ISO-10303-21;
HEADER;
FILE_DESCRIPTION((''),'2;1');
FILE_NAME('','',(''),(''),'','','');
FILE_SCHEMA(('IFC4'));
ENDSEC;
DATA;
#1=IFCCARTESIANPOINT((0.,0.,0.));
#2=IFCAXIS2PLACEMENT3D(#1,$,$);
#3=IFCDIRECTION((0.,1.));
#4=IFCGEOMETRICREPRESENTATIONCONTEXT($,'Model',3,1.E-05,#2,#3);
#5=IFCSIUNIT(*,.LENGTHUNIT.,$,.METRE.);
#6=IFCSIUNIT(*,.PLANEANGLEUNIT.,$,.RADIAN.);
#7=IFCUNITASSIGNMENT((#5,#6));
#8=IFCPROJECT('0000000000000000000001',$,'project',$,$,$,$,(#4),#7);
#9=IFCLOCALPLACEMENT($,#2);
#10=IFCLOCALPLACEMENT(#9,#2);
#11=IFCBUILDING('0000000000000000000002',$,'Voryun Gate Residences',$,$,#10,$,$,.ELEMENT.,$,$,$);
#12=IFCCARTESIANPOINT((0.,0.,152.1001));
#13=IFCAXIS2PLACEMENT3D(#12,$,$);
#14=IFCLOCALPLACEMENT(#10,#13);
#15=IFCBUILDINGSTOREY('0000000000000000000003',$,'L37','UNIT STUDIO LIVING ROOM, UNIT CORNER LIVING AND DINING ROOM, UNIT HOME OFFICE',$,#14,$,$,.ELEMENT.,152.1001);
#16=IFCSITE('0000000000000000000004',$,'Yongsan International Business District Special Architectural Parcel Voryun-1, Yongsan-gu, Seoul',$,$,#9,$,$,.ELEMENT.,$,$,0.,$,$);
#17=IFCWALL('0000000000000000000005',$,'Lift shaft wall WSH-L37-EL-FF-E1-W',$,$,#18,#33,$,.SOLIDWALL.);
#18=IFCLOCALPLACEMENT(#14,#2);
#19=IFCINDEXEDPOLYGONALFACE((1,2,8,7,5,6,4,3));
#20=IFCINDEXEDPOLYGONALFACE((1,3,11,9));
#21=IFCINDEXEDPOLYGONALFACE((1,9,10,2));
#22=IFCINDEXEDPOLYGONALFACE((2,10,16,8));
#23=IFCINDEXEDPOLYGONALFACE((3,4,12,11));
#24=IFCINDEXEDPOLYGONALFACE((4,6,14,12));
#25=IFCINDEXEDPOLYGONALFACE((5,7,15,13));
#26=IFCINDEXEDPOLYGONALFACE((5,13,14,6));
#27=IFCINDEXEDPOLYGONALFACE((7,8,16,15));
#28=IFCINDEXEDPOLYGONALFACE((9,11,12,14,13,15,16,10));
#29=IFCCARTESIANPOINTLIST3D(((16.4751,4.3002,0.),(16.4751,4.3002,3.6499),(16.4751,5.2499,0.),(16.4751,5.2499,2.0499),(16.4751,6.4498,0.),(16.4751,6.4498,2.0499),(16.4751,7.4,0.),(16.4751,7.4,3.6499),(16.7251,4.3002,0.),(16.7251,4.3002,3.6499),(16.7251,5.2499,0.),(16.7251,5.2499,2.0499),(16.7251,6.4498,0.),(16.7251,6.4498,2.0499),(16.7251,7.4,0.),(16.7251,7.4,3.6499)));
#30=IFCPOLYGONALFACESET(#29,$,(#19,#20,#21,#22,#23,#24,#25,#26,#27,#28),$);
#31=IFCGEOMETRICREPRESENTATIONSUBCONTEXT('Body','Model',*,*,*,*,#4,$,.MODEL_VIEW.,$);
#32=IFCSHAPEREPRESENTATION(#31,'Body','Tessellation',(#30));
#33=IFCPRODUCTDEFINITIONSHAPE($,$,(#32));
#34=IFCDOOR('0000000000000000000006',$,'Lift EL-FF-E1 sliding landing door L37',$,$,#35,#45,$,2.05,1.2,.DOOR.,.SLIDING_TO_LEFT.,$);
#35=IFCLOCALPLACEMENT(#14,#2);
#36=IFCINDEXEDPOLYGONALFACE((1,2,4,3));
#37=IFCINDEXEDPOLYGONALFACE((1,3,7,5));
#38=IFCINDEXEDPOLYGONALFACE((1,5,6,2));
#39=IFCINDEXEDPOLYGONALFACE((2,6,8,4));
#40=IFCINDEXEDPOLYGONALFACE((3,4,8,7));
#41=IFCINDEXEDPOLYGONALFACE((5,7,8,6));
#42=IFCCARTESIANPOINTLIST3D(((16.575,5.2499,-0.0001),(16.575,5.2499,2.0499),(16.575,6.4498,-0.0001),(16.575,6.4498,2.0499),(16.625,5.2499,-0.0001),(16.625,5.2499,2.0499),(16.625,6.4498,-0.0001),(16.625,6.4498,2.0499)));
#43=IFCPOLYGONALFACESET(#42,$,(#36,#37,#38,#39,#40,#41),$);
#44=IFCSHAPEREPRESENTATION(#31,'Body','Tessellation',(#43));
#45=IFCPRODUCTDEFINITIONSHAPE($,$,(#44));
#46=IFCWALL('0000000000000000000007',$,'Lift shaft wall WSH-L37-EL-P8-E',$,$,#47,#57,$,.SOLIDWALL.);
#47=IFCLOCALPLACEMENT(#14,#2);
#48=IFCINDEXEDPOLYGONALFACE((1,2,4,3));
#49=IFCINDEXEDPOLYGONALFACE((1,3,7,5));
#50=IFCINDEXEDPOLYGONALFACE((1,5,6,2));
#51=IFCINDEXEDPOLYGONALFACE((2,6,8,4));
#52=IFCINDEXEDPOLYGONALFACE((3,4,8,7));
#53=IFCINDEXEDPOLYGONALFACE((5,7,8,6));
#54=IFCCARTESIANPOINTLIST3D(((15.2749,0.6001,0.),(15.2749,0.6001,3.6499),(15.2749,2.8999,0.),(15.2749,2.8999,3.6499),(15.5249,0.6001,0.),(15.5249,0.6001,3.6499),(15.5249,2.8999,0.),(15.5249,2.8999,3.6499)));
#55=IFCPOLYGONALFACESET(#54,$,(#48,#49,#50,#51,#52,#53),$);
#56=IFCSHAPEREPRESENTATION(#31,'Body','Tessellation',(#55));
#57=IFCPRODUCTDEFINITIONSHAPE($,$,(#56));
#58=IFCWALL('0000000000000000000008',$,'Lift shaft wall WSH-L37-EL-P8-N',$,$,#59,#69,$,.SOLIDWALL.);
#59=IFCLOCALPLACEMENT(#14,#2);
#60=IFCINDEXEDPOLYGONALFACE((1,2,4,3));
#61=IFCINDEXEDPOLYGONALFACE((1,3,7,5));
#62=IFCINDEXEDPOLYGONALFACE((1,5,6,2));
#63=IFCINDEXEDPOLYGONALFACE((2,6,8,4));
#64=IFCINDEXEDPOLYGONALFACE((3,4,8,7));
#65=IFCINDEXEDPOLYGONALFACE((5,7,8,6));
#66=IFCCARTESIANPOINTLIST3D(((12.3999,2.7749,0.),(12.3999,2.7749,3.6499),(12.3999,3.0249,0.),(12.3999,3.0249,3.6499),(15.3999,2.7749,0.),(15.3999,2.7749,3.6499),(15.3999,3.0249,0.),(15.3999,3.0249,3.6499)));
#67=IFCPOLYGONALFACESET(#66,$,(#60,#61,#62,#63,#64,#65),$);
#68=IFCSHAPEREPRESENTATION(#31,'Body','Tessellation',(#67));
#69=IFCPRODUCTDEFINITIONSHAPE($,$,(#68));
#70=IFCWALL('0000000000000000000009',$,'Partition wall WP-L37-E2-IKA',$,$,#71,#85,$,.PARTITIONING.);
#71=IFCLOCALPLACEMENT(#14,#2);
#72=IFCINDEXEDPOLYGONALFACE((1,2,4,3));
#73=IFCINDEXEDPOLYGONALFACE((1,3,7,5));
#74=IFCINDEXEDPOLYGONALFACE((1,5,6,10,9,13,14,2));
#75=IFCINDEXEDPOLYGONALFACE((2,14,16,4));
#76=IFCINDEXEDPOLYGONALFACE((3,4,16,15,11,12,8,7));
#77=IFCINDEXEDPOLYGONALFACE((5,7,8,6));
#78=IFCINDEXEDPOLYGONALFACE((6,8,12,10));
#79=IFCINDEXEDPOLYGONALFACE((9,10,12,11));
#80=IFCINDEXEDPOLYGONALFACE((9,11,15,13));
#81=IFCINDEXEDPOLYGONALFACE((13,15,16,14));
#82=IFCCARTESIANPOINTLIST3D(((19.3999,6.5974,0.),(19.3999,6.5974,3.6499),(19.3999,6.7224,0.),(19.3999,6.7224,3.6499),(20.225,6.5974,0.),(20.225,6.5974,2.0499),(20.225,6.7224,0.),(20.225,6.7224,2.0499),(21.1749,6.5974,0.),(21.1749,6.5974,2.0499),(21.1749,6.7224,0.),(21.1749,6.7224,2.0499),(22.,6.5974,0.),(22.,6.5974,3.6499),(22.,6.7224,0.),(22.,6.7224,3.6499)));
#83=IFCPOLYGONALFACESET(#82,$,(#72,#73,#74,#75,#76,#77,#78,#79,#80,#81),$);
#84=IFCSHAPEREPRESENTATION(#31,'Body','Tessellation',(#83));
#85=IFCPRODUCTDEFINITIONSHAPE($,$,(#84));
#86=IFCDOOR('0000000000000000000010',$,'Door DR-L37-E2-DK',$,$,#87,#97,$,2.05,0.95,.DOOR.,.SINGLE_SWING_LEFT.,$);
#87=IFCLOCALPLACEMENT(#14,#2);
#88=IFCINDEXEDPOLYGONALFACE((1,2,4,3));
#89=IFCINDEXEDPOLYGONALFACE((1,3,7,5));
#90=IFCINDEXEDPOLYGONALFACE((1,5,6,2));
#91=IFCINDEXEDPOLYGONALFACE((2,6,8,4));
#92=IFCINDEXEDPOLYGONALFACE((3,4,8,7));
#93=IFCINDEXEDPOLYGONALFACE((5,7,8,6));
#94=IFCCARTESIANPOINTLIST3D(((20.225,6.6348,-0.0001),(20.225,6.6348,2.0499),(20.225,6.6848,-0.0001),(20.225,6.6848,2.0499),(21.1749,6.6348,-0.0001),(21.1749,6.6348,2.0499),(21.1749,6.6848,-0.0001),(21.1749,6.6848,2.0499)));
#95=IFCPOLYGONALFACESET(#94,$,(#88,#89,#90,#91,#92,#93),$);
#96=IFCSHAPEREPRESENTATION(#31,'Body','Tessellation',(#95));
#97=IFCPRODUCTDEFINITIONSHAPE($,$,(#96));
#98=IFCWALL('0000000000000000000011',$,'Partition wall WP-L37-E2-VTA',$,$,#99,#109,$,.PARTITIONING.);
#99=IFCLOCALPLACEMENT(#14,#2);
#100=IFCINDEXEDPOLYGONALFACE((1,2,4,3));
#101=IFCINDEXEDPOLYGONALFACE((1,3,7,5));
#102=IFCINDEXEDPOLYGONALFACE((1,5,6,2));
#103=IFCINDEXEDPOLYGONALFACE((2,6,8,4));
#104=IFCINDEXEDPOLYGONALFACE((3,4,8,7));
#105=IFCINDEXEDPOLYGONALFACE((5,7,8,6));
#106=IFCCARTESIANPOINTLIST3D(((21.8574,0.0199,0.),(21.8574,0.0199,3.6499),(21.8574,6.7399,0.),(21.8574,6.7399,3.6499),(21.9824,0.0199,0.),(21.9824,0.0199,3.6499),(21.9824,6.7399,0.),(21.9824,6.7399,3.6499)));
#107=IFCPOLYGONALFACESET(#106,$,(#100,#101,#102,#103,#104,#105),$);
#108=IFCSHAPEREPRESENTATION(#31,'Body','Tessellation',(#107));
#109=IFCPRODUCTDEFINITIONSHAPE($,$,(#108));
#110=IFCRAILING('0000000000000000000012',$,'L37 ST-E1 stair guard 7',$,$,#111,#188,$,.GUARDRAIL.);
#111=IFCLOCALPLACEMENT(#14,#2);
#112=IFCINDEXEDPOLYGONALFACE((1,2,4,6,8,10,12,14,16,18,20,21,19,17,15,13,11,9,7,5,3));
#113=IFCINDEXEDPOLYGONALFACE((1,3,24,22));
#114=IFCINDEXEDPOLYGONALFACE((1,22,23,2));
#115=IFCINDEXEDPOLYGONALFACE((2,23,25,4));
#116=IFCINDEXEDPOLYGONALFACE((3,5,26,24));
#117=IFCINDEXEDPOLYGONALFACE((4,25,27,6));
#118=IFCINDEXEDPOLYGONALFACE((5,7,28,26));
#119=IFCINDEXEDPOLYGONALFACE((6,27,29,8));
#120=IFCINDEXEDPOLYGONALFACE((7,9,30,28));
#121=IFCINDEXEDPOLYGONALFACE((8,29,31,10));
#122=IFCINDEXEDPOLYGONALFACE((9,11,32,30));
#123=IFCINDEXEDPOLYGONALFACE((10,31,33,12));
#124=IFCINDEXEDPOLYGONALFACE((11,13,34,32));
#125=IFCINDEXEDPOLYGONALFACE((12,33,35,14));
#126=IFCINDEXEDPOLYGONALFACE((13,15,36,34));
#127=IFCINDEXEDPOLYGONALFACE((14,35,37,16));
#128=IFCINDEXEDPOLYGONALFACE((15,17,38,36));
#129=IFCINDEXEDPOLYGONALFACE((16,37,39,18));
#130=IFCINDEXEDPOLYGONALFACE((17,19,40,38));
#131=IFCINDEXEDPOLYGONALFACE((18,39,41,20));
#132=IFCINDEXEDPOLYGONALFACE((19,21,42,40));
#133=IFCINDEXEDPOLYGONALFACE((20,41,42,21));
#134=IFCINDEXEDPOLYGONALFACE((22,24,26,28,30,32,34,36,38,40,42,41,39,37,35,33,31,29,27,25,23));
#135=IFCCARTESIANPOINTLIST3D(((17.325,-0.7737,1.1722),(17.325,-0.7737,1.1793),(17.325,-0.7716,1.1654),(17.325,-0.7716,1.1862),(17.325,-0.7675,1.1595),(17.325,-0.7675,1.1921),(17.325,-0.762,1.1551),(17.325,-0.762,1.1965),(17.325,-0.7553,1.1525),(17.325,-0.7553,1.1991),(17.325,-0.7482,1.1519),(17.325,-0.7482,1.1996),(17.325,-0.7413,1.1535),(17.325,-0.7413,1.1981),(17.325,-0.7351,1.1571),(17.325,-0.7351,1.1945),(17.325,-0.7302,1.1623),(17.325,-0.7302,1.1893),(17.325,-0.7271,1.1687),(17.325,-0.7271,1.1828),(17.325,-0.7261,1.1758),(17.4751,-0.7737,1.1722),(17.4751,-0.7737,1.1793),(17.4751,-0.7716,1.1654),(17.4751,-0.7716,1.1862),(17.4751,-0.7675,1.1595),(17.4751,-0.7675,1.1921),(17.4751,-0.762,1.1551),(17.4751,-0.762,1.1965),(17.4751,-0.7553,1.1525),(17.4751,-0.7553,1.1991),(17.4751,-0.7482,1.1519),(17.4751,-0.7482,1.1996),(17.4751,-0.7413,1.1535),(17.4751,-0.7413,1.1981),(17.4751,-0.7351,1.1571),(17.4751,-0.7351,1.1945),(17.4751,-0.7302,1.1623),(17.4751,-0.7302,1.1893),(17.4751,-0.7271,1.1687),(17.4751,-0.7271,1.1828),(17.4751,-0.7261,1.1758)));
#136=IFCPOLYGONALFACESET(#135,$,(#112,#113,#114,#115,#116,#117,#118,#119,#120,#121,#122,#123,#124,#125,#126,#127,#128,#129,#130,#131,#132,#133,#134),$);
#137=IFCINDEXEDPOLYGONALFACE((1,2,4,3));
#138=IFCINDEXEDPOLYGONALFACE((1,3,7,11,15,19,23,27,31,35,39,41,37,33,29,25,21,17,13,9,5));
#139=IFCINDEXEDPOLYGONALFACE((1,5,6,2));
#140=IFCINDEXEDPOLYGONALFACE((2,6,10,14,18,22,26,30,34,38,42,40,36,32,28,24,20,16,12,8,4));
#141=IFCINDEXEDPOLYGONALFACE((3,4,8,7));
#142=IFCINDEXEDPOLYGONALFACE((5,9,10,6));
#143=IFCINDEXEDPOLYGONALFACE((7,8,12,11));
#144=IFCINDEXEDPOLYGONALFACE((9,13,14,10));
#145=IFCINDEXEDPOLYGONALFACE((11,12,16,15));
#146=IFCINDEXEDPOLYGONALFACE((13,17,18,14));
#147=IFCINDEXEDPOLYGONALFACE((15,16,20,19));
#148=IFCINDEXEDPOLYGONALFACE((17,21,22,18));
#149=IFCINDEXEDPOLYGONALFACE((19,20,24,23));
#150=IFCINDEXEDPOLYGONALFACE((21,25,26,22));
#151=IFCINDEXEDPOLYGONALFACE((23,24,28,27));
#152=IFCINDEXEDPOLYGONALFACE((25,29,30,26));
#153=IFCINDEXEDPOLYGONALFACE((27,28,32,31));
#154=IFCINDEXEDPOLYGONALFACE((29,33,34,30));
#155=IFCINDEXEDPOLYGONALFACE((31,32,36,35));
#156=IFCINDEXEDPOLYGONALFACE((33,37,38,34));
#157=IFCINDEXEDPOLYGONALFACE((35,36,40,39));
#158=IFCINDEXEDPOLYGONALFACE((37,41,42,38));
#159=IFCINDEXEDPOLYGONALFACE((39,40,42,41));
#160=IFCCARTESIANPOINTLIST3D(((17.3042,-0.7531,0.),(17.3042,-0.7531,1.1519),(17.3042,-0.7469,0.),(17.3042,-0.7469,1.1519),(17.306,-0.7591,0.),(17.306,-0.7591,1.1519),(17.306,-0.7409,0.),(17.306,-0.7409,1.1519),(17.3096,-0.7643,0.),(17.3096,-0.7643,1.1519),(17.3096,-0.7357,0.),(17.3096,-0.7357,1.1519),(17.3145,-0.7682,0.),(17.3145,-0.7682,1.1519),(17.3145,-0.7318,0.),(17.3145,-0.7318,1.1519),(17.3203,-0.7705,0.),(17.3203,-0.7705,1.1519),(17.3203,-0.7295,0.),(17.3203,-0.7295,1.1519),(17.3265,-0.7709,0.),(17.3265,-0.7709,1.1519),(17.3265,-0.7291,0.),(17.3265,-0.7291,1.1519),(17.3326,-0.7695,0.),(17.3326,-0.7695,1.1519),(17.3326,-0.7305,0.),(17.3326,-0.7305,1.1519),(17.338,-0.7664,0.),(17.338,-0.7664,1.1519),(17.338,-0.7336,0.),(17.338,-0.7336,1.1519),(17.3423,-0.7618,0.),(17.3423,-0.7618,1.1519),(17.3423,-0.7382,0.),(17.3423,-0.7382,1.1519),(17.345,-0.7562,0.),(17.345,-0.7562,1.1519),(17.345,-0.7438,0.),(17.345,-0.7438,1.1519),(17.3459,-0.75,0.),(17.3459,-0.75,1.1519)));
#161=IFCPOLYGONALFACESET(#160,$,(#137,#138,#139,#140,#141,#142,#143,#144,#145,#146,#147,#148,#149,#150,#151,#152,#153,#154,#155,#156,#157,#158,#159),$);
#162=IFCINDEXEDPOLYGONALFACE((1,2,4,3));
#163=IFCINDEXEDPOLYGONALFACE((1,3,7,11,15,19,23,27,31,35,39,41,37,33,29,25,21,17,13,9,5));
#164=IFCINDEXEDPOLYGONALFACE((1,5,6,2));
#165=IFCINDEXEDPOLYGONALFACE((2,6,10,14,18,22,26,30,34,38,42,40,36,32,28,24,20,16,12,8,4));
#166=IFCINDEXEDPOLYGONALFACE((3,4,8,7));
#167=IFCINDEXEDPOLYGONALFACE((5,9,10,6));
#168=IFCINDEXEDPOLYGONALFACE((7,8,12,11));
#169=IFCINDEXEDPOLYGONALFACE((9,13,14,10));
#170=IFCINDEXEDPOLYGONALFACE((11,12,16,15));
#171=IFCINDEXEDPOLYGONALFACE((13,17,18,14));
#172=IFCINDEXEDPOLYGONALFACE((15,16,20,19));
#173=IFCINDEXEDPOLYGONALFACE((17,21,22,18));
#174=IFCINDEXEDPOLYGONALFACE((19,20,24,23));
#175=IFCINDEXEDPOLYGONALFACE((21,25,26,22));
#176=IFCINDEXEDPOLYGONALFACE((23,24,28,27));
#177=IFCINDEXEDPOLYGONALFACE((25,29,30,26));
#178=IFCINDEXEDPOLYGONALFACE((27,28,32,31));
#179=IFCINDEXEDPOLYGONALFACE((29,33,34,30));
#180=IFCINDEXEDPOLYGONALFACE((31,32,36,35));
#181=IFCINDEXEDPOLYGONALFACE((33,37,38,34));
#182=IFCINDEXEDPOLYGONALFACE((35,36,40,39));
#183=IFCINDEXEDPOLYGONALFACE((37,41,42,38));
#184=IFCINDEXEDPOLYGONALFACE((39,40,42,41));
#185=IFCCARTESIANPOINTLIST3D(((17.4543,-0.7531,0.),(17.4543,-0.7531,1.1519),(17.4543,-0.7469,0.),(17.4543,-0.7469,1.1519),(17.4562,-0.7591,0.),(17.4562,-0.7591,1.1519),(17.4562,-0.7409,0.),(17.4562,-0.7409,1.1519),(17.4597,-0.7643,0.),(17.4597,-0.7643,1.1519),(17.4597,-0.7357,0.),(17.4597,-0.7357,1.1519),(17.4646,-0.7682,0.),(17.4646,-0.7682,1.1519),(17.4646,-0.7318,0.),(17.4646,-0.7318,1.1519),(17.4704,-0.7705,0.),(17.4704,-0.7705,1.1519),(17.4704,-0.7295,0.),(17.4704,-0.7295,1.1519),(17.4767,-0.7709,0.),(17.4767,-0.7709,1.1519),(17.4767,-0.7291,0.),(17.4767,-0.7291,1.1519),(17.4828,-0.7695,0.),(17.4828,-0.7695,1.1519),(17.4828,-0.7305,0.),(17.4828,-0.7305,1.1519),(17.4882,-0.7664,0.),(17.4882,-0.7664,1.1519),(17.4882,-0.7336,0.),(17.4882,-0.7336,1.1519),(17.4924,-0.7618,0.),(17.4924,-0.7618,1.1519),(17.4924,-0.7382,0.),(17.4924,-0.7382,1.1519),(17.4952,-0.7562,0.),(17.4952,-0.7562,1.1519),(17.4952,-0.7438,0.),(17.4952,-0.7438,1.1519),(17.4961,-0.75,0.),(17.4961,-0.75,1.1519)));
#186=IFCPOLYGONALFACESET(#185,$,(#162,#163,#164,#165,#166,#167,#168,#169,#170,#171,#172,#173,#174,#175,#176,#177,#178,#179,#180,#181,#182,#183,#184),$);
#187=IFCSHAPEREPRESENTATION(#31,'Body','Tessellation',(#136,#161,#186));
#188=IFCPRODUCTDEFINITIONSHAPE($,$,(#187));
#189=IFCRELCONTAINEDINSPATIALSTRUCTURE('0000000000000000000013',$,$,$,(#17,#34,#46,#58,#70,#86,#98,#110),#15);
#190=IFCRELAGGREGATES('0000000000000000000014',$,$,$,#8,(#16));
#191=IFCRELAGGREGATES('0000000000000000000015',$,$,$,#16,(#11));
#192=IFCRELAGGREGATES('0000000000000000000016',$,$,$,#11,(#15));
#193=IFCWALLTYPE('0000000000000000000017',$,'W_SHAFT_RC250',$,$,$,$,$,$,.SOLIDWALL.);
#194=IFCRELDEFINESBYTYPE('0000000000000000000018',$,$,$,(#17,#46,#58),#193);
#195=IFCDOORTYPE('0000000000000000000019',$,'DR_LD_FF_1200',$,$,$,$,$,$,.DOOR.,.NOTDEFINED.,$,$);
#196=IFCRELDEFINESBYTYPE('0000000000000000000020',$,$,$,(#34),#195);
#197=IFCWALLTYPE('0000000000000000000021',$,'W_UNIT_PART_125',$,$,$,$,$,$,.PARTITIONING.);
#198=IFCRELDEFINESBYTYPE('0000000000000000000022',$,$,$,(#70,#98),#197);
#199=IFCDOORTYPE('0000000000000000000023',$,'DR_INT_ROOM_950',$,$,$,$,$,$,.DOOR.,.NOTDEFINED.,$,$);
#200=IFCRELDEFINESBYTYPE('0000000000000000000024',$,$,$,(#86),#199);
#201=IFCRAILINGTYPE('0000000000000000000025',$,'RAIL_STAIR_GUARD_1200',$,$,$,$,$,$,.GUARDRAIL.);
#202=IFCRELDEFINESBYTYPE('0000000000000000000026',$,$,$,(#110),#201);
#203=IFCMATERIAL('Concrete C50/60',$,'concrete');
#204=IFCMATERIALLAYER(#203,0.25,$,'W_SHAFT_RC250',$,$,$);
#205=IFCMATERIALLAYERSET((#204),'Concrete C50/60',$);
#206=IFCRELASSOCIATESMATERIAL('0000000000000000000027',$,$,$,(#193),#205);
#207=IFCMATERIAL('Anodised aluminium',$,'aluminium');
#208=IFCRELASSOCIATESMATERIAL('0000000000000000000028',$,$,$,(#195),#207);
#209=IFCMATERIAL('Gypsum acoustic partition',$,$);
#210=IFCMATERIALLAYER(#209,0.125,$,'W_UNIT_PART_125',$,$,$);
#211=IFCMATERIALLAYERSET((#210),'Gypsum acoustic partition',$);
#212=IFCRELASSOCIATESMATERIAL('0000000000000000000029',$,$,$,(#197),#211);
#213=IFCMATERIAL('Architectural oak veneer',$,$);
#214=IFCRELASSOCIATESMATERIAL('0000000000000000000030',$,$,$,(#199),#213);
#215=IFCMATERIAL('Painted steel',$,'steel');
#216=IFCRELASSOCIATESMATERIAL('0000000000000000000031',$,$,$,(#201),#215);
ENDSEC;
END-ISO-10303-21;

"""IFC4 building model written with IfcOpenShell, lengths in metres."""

from ifc_helpers import new_model, si_unit, direction, frame, frame_2d, origin, origin_2d, place, context, subcontext, project, spatial, rectangle, circle, extrude, material, layer, layer_set, type_object, element, fill, save


model = new_model("IFC4")

# Units and contexts
model_context = context("Model", 3, precision=1e-05, world=origin(), true_north=direction((0.0, 1.0)))
body_context = subcontext(model_context, "Body", "Model", "MODEL_VIEW")
ifc_project = project(units=[si_unit("LENGTHUNIT", "METRE"), si_unit("PLANEANGLEUNIT", "RADIAN")], contexts=[model_context])

# Site, building, storey
site_placement = place(None, origin())
site = spatial("IfcSite", under=ifc_project, at=site_placement, Name="Yongsan International Business District Special Architectural Parcel Voryun-1, Yongsan-gu, Seoul", CompositionType="ELEMENT", RefElevation=0.0)
building_placement = place(site_placement, origin())
building = spatial("IfcBuilding", under=site, at=building_placement, Name="Voryun Gate Residences", CompositionType="ELEMENT")
storey_placement = place(building_placement, frame((0.0, 0.0, 152.1001)))
storey = spatial("IfcBuildingStorey", under=building, at=storey_placement, Name="L37", Description="UNIT STUDIO LIVING ROOM, UNIT CORNER LIVING AND DINING ROOM, UNIT HOME OFFICE", CompositionType="ELEMENT", Elevation=152.1001)

# Shared definitions
ifc_material_1 = material(Name="Concrete C50/60", Category="concrete")
ifc_layer_1 = layer(ifc_material_1, 0.25, Name="W_SHAFT_RC250")
ifc_layer_set_1 = layer_set([ifc_layer_1], Name="Concrete C50/60")
wall_type_1 = type_object("IfcWallType", Name="W_SHAFT_RC250", PredefinedType="SOLIDWALL", material=ifc_layer_set_1)

# Wall, opening, door
wall_1_placement = place(storey_placement, frame((16.6001, 7.3999, 0.0), z_axis=(0.0, 0.0, 1.0), x_axis=(0.0, -1.0, 0.0)))
wall_1 = element("IfcWall", 1, at=wall_1_placement, inside=storey, type_object=wall_type_1, Name="Lift shaft wall WSH-L37-EL-FF-E1-W", PredefinedType="SOLIDWALL", context=body_context, shape_type="SweptSolid", body=[
    extrude(rectangle(XDim=3.0999, YDim=0.25, at=frame_2d((1.5498, 0.0))), origin(), (0.0, 0.0, 1.0), 3.6499),
])
opening_1_placement = place(wall_1_placement, frame((0.95, 0.0, 0.0)))
opening_1 = element("IfcOpeningElement", 2, at=opening_1_placement, cuts=wall_1, PredefinedType="OPENING", context=body_context, shape_type="SweptSolid", body=[
    extrude(rectangle(XDim=1.2, YDim=2.05, at=frame_2d((0.6001, 1.0249))), frame((0.0, 0.135, 0.0), z_axis=(0.0, -1.0, 0.0), x_axis=(1.0, 0.0, 0.0)), (0.0, 0.0, 1.0), 0.27),
])
ifc_material_2 = material(Name="Anodised aluminium", Category="aluminium")
door_type_1 = type_object("IfcDoorType", Name="DR_LD_FF_1200", OperationType="NOTDEFINED", PredefinedType="DOOR", material=ifc_material_2)
door_1_placement = place(opening_1_placement, origin())
door_1 = element("IfcDoor", 3, at=door_1_placement, inside=storey, type_object=door_type_1, Name="Lift EL-FF-E1 sliding landing door L37", OperationType="SLIDING_TO_LEFT", OverallHeight=2.05, OverallWidth=1.2, PredefinedType="DOOR", context=body_context, shape_type="SweptSolid", body=[
    extrude(rectangle(XDim=1.2, YDim=2.05, at=frame_2d((0.6001, 1.0249))), frame((0.0, 0.0249, 0.0), z_axis=(0.0, -1.0, 0.0), x_axis=(1.0, 0.0, 0.0)), (0.0, 0.0, 1.0), 0.05),
])
fill(opening_1, door_1)

# Walls
wall_2_placement = place(storey_placement, frame((15.3999, 0.6001, 0.0), z_axis=(0.0, 0.0, 1.0), x_axis=(0.0, 1.0, 0.0)))
element("IfcWall", 4, at=wall_2_placement, inside=storey, type_object=wall_type_1, Name="Lift shaft wall WSH-L37-EL-P8-E", PredefinedType="SOLIDWALL", context=body_context, shape_type="SweptSolid", body=[
    extrude(rectangle(XDim=2.2998, YDim=0.25, at=frame_2d((1.1499, 0.0))), origin(), (0.0, 0.0, 1.0), 3.6499),
])
wall_3_placement = place(storey_placement, frame((15.3999, 2.8999, 0.0), z_axis=(0.0, 0.0, 1.0), x_axis=(-1.0, 0.0, 0.0)))
element("IfcWall", 5, at=wall_3_placement, inside=storey, type_object=wall_type_1, Name="Lift shaft wall WSH-L37-EL-P8-N", PredefinedType="SOLIDWALL", context=body_context, shape_type="SweptSolid", body=[
    extrude(rectangle(XDim=3.0, YDim=0.25, at=frame_2d((1.5, 0.0))), origin(), (0.0, 0.0, 1.0), 3.6499),
])

# Wall, opening, door
ifc_material_3 = material(Name="Gypsum acoustic partition")
ifc_layer_2 = layer(ifc_material_3, 0.125, Name="W_UNIT_PART_125")
ifc_layer_set_2 = layer_set([ifc_layer_2], Name="Gypsum acoustic partition")
wall_type_2 = type_object("IfcWallType", Name="W_UNIT_PART_125", PredefinedType="PARTITIONING", material=ifc_layer_set_2)
wall_4_placement = place(storey_placement, frame((19.3999, 6.6599, 0.0), z_axis=(0.0, 0.0, 1.0), x_axis=(1.0, 0.0, 0.0)))
wall_4 = element("IfcWall", 6, at=wall_4_placement, inside=storey, type_object=wall_type_2, Name="Partition wall WP-L37-E2-IKA", PredefinedType="PARTITIONING", context=body_context, shape_type="SweptSolid", body=[
    extrude(rectangle(XDim=2.6001, YDim=0.125, at=frame_2d((1.3, 0.0))), origin(), (0.0, 0.0, 1.0), 3.6499),
])
opening_2_placement = place(wall_4_placement, frame((0.825, 0.0, 0.0)))
opening_2 = element("IfcOpeningElement", 7, at=opening_2_placement, cuts=wall_4, PredefinedType="OPENING", context=body_context, shape_type="SweptSolid", body=[
    extrude(rectangle(XDim=0.95, YDim=2.05, at=frame_2d((0.4751, 1.0249))), frame((0.0, 0.0725, 0.0), z_axis=(0.0, -1.0, 0.0), x_axis=(1.0, 0.0, 0.0)), (0.0, 0.0, 1.0), 0.145),
])
ifc_material_4 = material(Name="Architectural oak veneer")
door_type_2 = type_object("IfcDoorType", Name="DR_INT_ROOM_950", OperationType="NOTDEFINED", PredefinedType="DOOR", material=ifc_material_4)
door_2_placement = place(opening_2_placement, origin())
door_2 = element("IfcDoor", 8, at=door_2_placement, inside=storey, type_object=door_type_2, Name="Door DR-L37-E2-DK", OperationType="SINGLE_SWING_LEFT", OverallHeight=2.05, OverallWidth=0.95, PredefinedType="DOOR", context=body_context, shape_type="SweptSolid", body=[
    extrude(rectangle(XDim=0.95, YDim=2.05, at=frame_2d((0.4751, 1.0249))), frame((0.0, 0.0249, 0.0), z_axis=(0.0, -1.0, 0.0), x_axis=(1.0, 0.0, 0.0)), (0.0, 0.0, 1.0), 0.05),
])
fill(opening_2, door_2)

# Wall
wall_5_placement = place(storey_placement, frame((21.9199, 0.02, 0.0), z_axis=(0.0, 0.0, 1.0), x_axis=(0.0, 1.0, 0.0)))
element("IfcWall", 9, at=wall_5_placement, inside=storey, type_object=wall_type_2, Name="Partition wall WP-L37-E2-VTA", PredefinedType="PARTITIONING", context=body_context, shape_type="SweptSolid", body=[
    extrude(rectangle(XDim=6.72, YDim=0.125, at=frame_2d((3.3599, 0.0))), origin(), (0.0, 0.0, 1.0), 3.6499),
])

# Railing
ifc_material_5 = material(Name="Painted steel", Category="steel")
railing_type = type_object("IfcRailingType", Name="RAIL_STAIR_GUARD_1200", PredefinedType="GUARDRAIL", material=ifc_material_5)
railing_placement = place(storey_placement, frame((17.325, -0.75, 0.0)))
element("IfcRailing", 10, at=railing_placement, inside=storey, type_object=railing_type, Name="L37 ST-E1 stair guard 7", PredefinedType="GUARDRAIL", context=body_context, shape_type="SweptSolid", body=[
    extrude(circle(Radius=0.0239, at=origin_2d()), frame((0.0, 0.0, 1.1758), z_axis=(1.0, 0.0, 0.0), x_axis=(0.0, 1.0, 0.0)), (0.0, 0.0, 1.0), 0.1501),
    extrude(circle(Radius=0.021, at=origin_2d()), origin(), (0.0, 0.0, 1.0), 1.1519),
    extrude(circle(Radius=0.021, at=origin_2d()), frame((0.1501, 0.0, 0.0)), (0.0, 0.0, 1.0), 1.1519),
])

save(model, "model.ifc")
